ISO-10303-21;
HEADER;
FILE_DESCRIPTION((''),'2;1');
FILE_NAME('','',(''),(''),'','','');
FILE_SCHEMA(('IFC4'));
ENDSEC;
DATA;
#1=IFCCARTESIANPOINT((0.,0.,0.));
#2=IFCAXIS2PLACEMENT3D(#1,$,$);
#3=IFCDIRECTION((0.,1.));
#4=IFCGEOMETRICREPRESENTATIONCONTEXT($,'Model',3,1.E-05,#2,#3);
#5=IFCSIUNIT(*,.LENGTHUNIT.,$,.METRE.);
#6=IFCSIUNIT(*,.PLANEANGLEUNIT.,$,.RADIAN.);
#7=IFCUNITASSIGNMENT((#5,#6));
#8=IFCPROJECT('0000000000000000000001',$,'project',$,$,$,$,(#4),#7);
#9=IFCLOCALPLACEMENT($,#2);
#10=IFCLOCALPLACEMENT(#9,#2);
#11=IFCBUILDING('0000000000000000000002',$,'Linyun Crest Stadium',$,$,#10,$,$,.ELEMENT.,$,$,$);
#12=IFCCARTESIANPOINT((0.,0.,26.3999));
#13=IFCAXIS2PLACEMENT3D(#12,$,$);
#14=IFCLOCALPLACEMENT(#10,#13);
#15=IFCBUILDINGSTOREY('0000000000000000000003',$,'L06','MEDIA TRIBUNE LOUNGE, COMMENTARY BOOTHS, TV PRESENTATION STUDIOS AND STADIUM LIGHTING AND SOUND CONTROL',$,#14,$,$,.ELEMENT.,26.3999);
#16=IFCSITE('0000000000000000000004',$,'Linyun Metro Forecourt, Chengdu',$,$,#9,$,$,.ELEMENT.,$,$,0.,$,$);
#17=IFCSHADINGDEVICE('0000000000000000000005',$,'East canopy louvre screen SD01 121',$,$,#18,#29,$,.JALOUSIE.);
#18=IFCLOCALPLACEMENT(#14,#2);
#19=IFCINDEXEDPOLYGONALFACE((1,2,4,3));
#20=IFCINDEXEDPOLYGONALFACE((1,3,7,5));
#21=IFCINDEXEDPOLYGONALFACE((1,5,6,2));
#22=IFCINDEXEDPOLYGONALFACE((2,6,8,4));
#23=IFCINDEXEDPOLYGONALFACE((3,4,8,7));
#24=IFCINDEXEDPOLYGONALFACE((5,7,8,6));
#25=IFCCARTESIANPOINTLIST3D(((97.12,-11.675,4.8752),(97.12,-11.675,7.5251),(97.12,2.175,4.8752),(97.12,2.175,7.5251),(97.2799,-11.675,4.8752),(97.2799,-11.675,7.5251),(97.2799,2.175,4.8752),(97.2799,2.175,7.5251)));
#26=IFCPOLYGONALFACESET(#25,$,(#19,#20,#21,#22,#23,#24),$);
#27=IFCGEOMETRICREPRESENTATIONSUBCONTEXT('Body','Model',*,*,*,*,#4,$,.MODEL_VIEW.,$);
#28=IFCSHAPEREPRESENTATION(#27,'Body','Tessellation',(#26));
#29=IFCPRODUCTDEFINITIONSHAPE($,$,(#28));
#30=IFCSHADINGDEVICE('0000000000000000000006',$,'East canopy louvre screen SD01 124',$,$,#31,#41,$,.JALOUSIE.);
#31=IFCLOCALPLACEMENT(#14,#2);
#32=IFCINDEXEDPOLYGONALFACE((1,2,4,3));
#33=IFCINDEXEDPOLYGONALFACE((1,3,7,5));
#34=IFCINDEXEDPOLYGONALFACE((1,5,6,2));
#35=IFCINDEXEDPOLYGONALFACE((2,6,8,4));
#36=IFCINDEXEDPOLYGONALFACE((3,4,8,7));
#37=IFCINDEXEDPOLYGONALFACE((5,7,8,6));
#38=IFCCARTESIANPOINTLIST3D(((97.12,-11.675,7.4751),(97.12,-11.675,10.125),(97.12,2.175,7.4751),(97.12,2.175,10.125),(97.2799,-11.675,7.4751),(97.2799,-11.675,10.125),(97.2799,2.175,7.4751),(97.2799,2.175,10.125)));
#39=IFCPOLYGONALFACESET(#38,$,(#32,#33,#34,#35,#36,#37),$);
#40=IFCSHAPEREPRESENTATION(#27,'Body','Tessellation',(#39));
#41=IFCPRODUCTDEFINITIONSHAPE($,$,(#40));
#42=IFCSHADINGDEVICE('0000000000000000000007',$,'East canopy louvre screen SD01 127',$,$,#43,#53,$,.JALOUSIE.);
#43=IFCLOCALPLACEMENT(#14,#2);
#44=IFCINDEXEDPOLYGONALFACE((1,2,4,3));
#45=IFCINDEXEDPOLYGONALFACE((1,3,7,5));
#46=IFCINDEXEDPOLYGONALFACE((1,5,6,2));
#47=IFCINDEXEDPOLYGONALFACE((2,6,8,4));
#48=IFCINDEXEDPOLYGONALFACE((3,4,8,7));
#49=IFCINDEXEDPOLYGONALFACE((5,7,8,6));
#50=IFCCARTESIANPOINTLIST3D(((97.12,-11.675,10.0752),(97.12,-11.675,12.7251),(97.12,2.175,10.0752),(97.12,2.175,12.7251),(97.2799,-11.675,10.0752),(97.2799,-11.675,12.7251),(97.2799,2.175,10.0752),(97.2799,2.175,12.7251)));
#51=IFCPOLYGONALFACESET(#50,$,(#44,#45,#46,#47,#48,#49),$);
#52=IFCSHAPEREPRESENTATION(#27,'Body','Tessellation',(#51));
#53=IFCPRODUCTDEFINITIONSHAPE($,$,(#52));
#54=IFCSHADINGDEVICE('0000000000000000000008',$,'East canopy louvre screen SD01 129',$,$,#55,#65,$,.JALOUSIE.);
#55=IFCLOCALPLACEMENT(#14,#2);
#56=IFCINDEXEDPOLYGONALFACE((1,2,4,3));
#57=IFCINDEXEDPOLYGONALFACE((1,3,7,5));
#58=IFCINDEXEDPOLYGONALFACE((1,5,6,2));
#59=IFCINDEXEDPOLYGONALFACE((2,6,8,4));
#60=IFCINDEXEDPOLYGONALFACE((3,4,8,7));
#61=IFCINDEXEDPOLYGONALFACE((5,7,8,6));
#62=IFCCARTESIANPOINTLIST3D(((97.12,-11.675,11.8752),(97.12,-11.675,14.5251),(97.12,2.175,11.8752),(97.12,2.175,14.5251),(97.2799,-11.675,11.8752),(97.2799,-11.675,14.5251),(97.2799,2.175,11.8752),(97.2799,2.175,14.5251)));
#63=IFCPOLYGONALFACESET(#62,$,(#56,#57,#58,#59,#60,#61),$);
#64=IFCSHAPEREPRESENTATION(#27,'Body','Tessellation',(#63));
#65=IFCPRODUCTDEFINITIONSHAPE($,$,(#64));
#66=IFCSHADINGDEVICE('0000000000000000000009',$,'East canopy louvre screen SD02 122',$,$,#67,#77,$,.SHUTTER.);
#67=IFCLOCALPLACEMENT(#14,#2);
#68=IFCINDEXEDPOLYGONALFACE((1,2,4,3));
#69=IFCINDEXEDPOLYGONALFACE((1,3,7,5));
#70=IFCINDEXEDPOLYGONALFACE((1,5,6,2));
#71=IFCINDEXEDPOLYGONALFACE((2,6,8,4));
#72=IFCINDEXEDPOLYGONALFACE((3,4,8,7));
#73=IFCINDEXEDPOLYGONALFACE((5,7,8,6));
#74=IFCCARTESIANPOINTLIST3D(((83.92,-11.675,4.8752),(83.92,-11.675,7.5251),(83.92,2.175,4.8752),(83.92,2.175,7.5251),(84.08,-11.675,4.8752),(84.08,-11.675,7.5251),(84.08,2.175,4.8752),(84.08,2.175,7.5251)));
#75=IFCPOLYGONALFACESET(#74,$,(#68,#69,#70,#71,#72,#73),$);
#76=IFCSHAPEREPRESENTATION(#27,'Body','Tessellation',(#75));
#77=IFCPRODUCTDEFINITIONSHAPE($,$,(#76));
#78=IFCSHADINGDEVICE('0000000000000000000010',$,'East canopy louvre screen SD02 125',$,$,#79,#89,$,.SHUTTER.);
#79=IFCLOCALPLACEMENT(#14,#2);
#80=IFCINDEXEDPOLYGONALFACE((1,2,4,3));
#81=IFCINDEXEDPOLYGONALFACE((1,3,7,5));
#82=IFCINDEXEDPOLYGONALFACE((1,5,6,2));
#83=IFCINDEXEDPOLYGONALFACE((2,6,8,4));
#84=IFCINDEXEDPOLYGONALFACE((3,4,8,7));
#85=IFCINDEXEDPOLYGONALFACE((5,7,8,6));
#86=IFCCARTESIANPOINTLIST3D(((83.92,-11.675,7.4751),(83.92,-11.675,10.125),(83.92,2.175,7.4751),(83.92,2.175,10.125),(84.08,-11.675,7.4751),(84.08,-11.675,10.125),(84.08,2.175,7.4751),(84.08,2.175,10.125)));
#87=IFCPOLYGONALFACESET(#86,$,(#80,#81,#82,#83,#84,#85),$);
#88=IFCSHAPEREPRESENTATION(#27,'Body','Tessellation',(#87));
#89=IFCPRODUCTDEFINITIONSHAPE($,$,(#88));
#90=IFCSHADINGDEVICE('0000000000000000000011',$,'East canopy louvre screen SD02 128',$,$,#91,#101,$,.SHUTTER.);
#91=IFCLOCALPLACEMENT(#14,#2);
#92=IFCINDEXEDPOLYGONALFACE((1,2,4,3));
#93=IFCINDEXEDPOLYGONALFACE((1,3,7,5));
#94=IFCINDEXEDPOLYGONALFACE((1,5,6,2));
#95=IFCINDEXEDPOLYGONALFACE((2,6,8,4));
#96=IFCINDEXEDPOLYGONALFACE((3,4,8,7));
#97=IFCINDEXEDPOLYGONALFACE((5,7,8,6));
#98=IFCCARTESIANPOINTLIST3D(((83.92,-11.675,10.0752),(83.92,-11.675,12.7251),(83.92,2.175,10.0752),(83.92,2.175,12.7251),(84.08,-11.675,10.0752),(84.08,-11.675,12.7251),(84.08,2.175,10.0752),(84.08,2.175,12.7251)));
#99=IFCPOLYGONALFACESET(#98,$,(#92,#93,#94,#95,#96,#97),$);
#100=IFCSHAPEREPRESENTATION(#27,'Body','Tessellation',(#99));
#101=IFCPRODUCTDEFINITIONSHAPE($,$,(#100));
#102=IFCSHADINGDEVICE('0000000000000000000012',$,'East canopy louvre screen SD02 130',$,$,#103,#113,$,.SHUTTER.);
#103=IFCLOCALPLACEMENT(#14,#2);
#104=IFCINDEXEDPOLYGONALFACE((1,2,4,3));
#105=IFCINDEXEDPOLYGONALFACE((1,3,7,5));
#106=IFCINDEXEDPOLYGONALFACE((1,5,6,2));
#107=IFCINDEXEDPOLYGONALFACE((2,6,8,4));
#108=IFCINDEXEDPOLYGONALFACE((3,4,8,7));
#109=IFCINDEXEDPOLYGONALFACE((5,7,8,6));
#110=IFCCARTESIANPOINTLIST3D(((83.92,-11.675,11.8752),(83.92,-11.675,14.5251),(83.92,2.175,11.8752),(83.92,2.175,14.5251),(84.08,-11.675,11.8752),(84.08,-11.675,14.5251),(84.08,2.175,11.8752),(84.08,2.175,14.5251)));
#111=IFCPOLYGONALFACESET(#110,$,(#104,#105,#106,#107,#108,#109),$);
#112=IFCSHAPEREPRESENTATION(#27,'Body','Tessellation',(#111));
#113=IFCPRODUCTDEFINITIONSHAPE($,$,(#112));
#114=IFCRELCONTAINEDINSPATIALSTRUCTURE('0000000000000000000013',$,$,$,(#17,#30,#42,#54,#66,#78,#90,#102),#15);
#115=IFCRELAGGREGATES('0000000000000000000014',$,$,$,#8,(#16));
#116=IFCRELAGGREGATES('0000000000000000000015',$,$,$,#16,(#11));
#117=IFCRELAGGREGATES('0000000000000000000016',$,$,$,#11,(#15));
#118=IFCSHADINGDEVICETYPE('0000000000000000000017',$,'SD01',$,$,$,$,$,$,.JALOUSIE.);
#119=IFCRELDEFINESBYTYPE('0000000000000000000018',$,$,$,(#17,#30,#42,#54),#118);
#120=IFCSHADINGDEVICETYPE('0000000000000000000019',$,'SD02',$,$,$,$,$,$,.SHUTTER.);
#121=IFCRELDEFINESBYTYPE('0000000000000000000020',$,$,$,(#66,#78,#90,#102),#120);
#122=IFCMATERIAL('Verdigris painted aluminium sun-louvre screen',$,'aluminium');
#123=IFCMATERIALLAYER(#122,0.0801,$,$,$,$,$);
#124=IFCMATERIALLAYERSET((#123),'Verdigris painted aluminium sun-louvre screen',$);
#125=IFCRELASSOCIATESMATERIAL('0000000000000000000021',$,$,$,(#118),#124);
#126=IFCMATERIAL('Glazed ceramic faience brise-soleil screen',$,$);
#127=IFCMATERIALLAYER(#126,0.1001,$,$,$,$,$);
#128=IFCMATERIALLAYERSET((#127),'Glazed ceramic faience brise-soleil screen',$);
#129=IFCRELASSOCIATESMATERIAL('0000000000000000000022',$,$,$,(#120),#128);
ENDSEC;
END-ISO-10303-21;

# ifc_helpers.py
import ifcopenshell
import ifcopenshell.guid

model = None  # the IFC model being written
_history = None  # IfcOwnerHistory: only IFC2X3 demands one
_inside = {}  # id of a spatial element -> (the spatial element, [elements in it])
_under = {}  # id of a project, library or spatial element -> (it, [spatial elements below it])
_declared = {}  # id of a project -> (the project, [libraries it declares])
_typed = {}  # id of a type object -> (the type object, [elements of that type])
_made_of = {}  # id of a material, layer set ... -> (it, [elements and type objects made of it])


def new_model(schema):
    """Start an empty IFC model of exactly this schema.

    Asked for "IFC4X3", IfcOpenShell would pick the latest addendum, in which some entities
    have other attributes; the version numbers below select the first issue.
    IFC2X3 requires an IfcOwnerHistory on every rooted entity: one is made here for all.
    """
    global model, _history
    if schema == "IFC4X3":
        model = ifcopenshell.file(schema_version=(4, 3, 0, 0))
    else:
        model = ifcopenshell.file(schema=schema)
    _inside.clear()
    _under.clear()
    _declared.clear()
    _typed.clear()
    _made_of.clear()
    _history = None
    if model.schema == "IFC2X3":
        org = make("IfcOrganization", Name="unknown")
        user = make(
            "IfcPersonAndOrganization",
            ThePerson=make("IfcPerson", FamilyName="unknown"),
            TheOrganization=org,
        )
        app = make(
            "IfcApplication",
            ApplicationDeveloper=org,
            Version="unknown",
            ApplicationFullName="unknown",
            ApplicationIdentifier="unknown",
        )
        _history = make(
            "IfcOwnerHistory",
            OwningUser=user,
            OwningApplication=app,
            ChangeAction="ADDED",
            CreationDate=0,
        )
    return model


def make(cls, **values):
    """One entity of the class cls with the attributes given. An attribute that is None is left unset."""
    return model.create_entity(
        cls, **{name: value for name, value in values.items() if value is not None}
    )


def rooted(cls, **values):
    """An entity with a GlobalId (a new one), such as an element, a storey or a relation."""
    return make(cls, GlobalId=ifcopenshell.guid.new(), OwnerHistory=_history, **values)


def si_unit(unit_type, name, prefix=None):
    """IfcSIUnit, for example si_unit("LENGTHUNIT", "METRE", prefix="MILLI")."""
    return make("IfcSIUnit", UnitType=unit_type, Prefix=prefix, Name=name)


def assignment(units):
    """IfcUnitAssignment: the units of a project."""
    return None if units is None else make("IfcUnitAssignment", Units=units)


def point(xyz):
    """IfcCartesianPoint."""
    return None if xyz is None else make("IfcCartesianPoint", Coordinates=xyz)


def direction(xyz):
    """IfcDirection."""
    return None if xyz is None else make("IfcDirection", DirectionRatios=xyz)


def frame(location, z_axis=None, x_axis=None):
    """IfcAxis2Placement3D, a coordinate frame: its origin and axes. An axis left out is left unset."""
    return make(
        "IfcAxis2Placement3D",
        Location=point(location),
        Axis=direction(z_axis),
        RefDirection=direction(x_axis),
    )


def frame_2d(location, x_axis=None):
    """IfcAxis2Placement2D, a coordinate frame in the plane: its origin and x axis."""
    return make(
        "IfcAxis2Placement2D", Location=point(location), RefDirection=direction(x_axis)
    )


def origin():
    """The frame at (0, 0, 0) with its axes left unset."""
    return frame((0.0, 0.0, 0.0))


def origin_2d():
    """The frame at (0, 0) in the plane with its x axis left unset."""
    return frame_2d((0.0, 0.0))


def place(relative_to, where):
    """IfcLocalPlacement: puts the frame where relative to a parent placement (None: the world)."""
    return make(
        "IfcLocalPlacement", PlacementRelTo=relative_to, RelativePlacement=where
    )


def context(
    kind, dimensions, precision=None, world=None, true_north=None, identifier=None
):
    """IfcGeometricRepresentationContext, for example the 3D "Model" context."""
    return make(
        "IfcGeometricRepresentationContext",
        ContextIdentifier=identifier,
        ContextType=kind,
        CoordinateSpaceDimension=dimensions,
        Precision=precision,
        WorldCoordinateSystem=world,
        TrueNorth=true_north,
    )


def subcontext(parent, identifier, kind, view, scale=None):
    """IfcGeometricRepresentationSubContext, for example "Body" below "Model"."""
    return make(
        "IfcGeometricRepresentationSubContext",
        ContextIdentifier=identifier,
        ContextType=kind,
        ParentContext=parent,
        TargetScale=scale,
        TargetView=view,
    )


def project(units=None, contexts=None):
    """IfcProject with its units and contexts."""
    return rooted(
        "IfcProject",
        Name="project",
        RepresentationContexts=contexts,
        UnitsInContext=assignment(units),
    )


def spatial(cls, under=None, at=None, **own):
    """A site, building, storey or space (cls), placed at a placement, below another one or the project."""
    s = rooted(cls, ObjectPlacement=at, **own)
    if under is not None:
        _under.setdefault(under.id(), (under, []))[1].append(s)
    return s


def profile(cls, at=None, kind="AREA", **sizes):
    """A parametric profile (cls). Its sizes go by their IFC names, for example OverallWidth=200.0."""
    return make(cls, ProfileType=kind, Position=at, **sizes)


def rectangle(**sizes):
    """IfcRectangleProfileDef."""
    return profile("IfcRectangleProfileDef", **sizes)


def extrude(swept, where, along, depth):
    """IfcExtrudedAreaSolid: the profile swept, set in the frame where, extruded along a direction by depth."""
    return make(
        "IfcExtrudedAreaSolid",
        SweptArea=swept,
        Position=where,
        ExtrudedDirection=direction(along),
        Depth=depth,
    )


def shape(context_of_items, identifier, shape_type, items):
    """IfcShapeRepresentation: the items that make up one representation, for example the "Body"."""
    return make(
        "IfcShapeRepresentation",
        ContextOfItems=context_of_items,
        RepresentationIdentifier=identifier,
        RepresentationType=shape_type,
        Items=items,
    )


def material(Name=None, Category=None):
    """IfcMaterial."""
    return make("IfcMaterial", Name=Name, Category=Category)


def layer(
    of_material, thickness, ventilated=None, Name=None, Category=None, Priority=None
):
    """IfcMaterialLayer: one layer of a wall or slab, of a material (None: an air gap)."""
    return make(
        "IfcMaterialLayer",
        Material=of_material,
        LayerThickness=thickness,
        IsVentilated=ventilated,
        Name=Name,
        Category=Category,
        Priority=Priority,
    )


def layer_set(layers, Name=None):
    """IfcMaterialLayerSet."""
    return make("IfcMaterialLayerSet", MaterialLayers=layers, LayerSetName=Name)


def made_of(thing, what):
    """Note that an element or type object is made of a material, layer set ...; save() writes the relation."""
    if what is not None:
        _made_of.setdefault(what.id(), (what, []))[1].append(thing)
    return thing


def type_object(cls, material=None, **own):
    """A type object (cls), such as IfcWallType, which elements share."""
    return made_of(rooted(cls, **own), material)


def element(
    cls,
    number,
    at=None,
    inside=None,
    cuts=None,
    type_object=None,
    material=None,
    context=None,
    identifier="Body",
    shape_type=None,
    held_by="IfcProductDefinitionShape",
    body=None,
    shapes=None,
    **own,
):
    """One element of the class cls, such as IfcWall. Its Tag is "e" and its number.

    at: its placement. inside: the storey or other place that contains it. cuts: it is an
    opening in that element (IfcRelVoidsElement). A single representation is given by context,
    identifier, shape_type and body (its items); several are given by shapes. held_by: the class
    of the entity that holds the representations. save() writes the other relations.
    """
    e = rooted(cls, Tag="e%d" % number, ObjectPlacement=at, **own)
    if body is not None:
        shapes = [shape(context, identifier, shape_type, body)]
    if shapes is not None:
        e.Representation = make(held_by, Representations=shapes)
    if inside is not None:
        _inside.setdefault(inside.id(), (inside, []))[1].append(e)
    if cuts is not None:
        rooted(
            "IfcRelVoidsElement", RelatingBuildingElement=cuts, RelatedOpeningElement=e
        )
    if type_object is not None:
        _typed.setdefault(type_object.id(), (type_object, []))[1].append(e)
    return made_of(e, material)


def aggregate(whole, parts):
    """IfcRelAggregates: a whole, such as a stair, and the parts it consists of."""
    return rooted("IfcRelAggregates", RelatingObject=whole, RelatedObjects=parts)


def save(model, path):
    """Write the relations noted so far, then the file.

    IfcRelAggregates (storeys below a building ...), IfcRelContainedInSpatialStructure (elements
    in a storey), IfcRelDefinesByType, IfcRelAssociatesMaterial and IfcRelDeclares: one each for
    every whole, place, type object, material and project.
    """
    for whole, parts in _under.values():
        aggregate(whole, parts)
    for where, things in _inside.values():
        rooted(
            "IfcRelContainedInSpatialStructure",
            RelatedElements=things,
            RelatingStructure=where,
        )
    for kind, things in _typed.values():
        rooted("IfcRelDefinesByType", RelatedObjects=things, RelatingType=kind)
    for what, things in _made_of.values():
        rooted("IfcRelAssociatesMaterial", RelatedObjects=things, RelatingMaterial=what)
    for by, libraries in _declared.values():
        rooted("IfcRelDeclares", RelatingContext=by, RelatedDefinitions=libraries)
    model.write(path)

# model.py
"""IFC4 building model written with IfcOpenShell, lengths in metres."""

from ifc_helpers import new_model, si_unit, direction, frame, origin, origin_2d, place, context, subcontext, project, spatial, rectangle, extrude, material, layer, layer_set, type_object, element, save


model = new_model("IFC4")

# Units and contexts
model_context = context("Model", 3, precision=1e-05, world=origin(), true_north=direction((0.0, 1.0)))
body_context = subcontext(model_context, "Body", "Model", "MODEL_VIEW")
ifc_project = project(units=[si_unit("LENGTHUNIT", "METRE"), si_unit("PLANEANGLEUNIT", "RADIAN")], contexts=[model_context])

# Site, building, storey
site_placement = place(None, origin())
site = spatial("IfcSite", under=ifc_project, at=site_placement, Name="Linyun Metro Forecourt, Chengdu", CompositionType="ELEMENT", RefElevation=0.0)
building_placement = place(site_placement, origin())
building = spatial("IfcBuilding", under=site, at=building_placement, Name="Linyun Crest Stadium", CompositionType="ELEMENT")
storey_placement = place(building_placement, frame((0.0, 0.0, 26.3999)))
storey = spatial("IfcBuildingStorey", under=building, at=storey_placement, Name="L06", Description="MEDIA TRIBUNE LOUNGE, COMMENTARY BOOTHS, TV PRESENTATION STUDIOS AND STADIUM LIGHTING AND SOUND CONTROL", CompositionType="ELEMENT", Elevation=26.3999)

# Shading devices
ifc_material_1 = material(Name="Verdigris painted aluminium sun-louvre screen", Category="aluminium")
ifc_layer_1 = layer(ifc_material_1, 0.0801)
ifc_layer_set_1 = layer_set([ifc_layer_1], Name="Verdigris painted aluminium sun-louvre screen")
shading_device_type_1 = type_object("IfcShadingDeviceType", Name="SD01", PredefinedType="JALOUSIE", material=ifc_layer_set_1)
for number, where, z_axis, x_axis, name in (
    (1, (97.2, -4.75, 4.8752), (0.0, 0.0, 1.0), (1.0, 0.0, 0.0), "East canopy louvre screen SD01 121"),
    (2, (97.2, -4.75, 7.4751), (0.0, 0.0, 1.0), (1.0, 0.0, 0.0), "East canopy louvre screen SD01 124"),
    (3, (97.2, -4.75, 10.0752), (0.0, 0.0, 1.0), (1.0, 0.0, 0.0), "East canopy louvre screen SD01 127"),
    (4, (97.2, -4.75, 11.8752), (0.0, 0.0, 1.0), (1.0, 0.0, 0.0), "East canopy louvre screen SD01 129"),
):
    element("IfcShadingDevice", number, at=place(storey_placement, frame(where, z_axis=z_axis, x_axis=x_axis)), inside=storey, type_object=shading_device_type_1, Name=name, PredefinedType="JALOUSIE", context=body_context, shape_type="SweptSolid", body=[
        extrude(rectangle(XDim=0.1599, YDim=13.8501, at=origin_2d()), origin(), (0.0, 0.0, 1.0), 2.6499),
    ])
ifc_material_2 = material(Name="Glazed ceramic faience brise-soleil screen")
ifc_layer_2 = layer(ifc_material_2, 0.1001)
ifc_layer_set_2 = layer_set([ifc_layer_2], Name="Glazed ceramic faience brise-soleil screen")
shading_device_type_2 = type_object("IfcShadingDeviceType", Name="SD02", PredefinedType="SHUTTER", material=ifc_layer_set_2)
for number, where, z_axis, x_axis, name in (
    (5, (84.0, -4.75, 4.8752), (0.0, 0.0, 1.0), (1.0, 0.0, 0.0), "East canopy louvre screen SD02 122"),
    (6, (84.0, -4.75, 7.4751), (0.0, 0.0, 1.0), (1.0, 0.0, 0.0), "East canopy louvre screen SD02 125"),
    (7, (84.0, -4.75, 10.0752), (0.0, 0.0, 1.0), (1.0, 0.0, 0.0), "East canopy louvre screen SD02 128"),
    (8, (84.0, -4.75, 11.8752), (0.0, 0.0, 1.0), (1.0, 0.0, 0.0), "East canopy louvre screen SD02 130"),
):
    element("IfcShadingDevice", number, at=place(storey_placement, frame(where, z_axis=z_axis, x_axis=x_axis)), inside=storey, type_object=shading_device_type_2, Name=name, PredefinedType="SHUTTER", context=body_context, shape_type="SweptSolid", body=[
        extrude(rectangle(XDim=0.1599, YDim=13.8501, at=origin_2d()), origin(), (0.0, 0.0, 1.0), 2.6499),
    ])

save(model, "model.ifc")
